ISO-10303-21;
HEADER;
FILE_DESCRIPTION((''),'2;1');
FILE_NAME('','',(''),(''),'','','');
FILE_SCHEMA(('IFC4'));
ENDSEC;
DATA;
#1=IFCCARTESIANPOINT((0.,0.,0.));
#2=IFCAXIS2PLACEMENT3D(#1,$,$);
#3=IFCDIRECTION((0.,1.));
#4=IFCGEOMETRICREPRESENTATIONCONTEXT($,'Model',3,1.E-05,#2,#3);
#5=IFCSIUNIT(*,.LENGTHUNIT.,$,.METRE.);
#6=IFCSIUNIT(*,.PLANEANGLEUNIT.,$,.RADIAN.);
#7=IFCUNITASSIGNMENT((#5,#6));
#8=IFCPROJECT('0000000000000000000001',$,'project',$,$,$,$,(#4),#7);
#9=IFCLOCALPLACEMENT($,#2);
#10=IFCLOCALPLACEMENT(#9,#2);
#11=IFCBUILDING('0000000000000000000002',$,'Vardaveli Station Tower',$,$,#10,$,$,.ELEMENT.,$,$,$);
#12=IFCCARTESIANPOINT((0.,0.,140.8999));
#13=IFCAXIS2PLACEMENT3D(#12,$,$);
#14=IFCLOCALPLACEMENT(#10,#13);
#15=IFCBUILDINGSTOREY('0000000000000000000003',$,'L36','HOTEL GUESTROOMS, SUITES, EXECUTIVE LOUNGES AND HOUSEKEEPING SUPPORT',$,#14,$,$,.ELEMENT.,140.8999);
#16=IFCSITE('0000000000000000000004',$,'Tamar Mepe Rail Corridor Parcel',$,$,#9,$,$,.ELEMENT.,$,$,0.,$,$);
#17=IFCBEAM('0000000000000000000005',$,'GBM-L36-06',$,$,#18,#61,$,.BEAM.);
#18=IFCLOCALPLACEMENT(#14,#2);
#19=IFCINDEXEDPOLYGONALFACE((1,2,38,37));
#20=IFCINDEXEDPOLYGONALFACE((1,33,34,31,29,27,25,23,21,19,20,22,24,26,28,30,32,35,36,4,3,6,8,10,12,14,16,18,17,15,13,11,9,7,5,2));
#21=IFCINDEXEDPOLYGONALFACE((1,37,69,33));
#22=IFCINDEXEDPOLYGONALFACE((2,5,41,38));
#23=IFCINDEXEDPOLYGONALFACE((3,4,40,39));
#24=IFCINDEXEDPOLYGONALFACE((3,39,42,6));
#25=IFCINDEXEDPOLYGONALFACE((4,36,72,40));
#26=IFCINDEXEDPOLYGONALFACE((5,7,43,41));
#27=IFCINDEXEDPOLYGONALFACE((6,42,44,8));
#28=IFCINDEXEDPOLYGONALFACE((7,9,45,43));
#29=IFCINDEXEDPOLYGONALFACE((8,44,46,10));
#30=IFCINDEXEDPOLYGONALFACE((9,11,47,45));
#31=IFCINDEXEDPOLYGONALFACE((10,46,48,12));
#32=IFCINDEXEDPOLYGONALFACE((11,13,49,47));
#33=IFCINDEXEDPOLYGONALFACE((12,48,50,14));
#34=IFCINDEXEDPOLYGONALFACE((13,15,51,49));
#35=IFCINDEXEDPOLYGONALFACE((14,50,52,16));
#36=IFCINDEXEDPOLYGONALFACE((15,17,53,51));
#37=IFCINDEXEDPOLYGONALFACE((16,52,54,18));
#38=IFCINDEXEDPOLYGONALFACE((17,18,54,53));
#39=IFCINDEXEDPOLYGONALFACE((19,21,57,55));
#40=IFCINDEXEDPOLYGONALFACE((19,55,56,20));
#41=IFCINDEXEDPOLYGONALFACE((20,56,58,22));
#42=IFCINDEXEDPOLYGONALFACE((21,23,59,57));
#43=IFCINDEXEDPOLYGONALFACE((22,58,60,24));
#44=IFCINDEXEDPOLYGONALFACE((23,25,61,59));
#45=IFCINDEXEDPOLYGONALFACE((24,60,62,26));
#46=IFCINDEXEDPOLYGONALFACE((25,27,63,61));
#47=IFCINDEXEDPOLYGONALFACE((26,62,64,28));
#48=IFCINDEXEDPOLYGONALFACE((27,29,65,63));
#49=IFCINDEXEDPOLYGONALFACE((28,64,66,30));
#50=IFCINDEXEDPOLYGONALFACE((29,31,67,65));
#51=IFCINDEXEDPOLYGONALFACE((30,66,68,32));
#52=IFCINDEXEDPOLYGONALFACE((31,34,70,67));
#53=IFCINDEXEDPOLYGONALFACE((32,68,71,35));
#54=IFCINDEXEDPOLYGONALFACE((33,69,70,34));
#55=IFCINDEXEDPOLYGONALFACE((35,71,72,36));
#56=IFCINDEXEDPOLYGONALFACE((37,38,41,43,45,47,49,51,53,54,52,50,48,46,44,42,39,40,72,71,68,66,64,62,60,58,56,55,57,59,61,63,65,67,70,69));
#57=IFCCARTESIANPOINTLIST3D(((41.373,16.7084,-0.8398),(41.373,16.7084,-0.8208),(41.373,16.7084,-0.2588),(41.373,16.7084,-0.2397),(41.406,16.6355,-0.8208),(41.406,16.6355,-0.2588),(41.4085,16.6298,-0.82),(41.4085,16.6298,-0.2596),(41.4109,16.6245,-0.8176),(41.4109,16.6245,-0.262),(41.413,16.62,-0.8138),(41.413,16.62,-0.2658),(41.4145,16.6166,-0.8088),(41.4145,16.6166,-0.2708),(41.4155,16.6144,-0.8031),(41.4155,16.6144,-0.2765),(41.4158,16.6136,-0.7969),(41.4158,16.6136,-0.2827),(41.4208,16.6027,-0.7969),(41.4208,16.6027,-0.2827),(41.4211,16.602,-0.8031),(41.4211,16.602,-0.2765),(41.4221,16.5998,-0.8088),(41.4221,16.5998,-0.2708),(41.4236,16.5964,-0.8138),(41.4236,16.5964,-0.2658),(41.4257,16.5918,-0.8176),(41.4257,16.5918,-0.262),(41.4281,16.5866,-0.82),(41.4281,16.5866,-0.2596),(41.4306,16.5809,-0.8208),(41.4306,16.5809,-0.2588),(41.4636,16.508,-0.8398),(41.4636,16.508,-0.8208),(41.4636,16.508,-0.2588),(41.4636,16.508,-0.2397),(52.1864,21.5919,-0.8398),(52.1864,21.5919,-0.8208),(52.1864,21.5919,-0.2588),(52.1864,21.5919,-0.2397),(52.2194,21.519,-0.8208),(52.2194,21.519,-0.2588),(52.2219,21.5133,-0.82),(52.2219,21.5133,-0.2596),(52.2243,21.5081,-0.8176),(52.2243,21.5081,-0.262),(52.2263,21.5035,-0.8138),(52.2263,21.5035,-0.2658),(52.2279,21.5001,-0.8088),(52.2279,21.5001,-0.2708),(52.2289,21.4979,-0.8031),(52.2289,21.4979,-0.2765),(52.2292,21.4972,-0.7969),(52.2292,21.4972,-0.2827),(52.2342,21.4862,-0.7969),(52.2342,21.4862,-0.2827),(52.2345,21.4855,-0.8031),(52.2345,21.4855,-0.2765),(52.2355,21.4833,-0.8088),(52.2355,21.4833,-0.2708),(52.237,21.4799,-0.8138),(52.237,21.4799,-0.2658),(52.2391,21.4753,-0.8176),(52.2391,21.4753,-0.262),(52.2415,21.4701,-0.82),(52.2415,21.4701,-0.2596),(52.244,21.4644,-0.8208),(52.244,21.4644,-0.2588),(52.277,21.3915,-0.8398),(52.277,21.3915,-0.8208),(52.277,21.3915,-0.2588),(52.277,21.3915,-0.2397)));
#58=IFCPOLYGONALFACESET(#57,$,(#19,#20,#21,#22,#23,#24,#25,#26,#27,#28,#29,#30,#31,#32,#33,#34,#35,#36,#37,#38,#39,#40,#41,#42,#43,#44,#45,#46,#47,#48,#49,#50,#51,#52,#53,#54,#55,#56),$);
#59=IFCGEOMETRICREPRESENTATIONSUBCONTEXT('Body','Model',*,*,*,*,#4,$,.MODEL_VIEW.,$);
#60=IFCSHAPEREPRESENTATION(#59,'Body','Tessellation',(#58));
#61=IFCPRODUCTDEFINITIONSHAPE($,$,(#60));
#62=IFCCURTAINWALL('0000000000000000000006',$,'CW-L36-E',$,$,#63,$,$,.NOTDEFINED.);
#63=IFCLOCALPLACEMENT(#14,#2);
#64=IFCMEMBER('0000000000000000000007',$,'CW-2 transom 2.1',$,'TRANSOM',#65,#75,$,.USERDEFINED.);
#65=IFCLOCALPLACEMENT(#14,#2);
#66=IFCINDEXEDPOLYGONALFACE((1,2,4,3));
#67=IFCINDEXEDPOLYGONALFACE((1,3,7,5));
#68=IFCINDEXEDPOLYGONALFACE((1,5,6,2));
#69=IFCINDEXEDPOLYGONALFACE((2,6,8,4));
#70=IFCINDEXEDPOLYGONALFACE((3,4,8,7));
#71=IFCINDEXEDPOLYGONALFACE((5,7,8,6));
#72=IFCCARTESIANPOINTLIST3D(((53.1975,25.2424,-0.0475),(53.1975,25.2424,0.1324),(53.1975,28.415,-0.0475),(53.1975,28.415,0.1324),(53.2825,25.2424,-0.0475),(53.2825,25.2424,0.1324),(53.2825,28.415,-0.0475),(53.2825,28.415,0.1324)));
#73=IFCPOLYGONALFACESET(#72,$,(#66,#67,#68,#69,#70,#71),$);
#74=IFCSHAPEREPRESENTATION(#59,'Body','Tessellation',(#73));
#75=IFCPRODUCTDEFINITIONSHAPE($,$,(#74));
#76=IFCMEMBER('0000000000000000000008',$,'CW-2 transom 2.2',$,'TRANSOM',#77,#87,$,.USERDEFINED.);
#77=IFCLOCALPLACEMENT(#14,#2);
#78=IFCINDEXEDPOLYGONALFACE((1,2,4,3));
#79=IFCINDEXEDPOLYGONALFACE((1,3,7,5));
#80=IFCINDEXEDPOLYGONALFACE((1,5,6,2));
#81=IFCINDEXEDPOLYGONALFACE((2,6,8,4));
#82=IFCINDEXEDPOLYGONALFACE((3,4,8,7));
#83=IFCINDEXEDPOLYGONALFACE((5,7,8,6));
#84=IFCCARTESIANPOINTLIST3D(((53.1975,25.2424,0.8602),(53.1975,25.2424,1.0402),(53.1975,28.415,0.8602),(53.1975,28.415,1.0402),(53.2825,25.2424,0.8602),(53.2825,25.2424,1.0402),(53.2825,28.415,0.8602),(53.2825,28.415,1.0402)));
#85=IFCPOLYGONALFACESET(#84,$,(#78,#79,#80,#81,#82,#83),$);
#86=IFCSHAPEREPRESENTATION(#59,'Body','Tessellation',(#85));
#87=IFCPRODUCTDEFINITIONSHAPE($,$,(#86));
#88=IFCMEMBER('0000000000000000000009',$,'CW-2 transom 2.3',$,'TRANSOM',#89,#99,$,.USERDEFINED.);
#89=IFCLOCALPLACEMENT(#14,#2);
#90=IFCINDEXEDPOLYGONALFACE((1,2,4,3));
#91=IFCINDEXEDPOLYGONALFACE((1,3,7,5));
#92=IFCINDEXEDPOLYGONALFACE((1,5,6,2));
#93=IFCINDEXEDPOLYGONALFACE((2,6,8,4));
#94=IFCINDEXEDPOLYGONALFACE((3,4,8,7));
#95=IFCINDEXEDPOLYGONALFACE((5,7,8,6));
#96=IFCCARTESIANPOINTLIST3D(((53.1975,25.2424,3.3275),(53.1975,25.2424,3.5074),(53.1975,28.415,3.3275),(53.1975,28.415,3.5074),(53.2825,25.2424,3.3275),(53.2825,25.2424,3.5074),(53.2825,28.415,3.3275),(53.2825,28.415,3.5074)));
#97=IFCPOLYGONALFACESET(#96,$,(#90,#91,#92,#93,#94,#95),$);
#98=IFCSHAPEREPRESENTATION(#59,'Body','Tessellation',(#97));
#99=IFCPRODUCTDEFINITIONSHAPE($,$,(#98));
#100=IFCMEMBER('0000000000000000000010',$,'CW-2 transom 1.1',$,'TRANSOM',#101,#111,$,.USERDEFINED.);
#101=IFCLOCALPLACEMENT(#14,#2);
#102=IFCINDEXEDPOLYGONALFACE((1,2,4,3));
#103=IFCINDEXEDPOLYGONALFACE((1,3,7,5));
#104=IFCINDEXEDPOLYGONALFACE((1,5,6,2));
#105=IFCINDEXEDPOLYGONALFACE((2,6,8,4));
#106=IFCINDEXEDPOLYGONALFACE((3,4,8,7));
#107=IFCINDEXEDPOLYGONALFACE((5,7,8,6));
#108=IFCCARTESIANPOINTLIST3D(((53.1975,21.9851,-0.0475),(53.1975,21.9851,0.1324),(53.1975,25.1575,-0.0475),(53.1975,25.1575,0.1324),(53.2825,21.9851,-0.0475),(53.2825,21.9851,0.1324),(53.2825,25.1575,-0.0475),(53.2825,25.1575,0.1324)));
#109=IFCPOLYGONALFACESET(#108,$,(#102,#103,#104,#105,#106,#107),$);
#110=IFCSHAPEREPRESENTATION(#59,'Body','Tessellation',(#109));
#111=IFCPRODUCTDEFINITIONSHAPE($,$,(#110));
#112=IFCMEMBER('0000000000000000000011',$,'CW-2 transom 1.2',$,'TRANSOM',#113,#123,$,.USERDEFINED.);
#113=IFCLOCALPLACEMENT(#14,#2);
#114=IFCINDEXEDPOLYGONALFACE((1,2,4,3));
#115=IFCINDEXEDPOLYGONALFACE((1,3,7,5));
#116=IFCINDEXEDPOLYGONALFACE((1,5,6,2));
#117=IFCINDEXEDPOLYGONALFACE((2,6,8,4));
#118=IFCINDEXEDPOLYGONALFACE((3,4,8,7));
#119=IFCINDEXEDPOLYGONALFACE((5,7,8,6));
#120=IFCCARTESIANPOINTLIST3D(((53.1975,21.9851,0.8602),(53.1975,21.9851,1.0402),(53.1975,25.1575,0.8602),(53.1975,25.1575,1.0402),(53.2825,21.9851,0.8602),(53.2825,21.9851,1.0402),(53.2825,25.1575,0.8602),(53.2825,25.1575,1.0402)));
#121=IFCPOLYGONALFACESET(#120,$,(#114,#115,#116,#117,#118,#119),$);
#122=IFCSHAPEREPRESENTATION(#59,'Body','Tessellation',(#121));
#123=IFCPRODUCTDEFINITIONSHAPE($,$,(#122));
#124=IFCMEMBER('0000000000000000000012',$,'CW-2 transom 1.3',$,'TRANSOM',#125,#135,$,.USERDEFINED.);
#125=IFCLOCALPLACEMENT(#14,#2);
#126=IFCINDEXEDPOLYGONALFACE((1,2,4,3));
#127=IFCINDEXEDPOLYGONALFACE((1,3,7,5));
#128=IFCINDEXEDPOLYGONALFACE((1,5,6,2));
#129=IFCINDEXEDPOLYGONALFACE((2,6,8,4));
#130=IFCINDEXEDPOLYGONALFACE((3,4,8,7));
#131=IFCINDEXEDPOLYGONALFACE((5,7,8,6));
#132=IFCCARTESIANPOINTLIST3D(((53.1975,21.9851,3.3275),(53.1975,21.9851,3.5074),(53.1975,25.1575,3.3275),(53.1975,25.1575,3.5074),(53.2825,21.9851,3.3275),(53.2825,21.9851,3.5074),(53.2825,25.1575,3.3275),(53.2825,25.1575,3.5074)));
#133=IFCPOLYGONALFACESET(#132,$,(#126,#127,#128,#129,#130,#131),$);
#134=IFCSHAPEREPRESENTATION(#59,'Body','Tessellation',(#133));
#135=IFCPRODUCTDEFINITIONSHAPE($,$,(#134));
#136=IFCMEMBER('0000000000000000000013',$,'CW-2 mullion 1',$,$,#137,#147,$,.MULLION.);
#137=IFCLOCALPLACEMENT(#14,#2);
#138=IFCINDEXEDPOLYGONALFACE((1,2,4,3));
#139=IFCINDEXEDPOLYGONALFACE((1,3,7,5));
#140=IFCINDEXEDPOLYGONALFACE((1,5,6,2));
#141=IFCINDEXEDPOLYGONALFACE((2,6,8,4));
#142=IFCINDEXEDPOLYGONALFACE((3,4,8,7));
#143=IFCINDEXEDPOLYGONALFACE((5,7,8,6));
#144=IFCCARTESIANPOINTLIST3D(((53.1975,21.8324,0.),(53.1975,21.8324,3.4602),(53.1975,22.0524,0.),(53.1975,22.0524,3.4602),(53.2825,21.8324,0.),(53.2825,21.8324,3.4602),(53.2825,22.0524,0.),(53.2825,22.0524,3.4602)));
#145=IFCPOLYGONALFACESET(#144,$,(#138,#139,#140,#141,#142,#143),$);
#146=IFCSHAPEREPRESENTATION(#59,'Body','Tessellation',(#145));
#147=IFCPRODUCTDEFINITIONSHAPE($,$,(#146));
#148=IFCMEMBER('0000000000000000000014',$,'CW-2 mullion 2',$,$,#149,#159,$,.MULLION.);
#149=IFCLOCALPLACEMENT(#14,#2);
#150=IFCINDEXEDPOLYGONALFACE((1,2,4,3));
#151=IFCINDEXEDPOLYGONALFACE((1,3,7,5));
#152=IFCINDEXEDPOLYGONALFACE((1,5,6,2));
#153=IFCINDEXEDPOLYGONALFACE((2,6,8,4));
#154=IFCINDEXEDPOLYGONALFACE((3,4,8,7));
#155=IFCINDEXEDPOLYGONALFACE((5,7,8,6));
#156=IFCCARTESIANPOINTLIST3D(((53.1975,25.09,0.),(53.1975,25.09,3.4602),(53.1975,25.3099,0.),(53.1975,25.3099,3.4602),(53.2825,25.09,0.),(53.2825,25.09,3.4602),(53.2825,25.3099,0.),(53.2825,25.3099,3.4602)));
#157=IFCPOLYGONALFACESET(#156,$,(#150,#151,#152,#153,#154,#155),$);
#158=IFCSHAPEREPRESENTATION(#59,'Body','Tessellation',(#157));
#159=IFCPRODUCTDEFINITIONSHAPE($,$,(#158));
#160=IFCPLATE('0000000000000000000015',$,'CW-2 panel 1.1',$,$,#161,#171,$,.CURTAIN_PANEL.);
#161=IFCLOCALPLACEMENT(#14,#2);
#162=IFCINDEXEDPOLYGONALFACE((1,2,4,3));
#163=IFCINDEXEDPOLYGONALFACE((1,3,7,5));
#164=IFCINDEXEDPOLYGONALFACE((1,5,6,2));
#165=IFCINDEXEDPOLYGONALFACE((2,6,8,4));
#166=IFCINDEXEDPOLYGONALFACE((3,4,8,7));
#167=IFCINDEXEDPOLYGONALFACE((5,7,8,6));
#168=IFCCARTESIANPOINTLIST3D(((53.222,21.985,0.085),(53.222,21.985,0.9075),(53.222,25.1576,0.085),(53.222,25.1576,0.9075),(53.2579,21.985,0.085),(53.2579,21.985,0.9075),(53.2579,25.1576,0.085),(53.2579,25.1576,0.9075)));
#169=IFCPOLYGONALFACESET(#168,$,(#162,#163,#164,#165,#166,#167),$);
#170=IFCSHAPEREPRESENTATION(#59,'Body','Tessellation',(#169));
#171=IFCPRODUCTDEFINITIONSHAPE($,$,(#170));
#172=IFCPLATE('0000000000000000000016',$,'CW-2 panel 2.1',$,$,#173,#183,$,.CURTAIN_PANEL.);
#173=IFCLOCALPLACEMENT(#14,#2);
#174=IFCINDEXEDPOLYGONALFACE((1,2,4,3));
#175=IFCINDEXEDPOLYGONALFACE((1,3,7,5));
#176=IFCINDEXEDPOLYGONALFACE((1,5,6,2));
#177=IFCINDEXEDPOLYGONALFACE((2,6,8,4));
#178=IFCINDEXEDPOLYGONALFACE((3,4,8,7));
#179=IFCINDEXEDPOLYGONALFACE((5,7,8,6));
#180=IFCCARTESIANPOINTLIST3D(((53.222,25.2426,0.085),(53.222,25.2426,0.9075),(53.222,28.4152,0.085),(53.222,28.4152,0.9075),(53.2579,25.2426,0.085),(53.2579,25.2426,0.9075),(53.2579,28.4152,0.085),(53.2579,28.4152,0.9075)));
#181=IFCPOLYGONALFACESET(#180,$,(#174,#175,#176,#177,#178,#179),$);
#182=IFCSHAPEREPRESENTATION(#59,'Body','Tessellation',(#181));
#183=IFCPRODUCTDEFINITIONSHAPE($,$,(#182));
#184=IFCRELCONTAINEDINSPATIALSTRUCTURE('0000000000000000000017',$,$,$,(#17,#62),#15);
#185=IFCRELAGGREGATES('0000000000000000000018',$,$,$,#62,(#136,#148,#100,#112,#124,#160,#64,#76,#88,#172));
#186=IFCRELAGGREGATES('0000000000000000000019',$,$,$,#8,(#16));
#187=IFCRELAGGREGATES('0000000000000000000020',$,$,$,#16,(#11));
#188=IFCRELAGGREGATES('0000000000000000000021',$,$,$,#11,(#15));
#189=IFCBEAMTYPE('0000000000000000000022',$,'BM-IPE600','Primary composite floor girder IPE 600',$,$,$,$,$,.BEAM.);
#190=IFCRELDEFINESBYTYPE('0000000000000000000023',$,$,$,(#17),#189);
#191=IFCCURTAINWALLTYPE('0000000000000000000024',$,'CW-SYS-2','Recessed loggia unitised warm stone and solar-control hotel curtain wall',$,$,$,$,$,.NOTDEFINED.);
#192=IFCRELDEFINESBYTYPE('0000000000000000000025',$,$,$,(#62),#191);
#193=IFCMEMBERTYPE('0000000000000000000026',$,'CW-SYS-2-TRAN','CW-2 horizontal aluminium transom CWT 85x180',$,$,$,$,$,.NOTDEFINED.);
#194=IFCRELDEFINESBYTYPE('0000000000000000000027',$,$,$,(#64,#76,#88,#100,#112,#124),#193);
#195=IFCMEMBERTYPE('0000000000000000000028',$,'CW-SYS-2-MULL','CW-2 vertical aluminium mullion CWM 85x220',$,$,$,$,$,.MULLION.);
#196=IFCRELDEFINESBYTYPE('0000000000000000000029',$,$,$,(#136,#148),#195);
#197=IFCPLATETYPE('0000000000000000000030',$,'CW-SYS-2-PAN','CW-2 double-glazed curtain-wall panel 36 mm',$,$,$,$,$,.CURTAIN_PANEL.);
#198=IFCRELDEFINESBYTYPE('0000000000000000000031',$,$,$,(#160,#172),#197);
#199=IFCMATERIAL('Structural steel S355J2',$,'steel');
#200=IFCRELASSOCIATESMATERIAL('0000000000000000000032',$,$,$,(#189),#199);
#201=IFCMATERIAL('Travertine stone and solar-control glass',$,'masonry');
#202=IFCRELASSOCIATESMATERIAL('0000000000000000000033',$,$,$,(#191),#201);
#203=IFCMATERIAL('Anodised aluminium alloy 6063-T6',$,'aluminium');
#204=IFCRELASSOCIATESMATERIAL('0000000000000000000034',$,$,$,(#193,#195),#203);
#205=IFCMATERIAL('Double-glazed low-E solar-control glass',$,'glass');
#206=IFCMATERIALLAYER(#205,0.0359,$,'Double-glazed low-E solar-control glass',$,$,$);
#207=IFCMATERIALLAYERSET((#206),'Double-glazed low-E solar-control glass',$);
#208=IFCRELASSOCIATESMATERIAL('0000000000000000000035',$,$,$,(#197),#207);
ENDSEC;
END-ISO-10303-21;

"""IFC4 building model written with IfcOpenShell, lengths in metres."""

from ifc_helpers import new_model, si_unit, direction, frame, origin, origin_2d, place, context, subcontext, project, spatial, rectangle, i_section, extrude, source, transform, mapped, material, layer, layer_set, material_profile, profile_set, type_object, element, aggregate, save


model = new_model("IFC4")

# Units and contexts
model_context = context("Model", 3, precision=1e-05, world=origin(), true_north=direction((0.0, 1.0)))
body_context = subcontext(model_context, "Body", "Model", "MODEL_VIEW")
ifc_project = project(units=[si_unit("LENGTHUNIT", "METRE"), si_unit("PLANEANGLEUNIT", "RADIAN")], contexts=[model_context])

# Site, building, storey
site_placement = place(None, origin())
site = spatial("IfcSite", under=ifc_project, at=site_placement, Name="Tamar Mepe Rail Corridor Parcel", CompositionType="ELEMENT", RefElevation=0.0)
building_placement = place(site_placement, origin())
building = spatial("IfcBuilding", under=site, at=building_placement, Name="Vardaveli Station Tower", CompositionType="ELEMENT")
storey_placement = place(building_placement, frame((0.0, 0.0, 140.8999)))
storey = spatial("IfcBuildingStorey", under=building, at=storey_placement, Name="L36", Description="HOTEL GUESTROOMS, SUITES, EXECUTIVE LOUNGES AND HOUSEKEEPING SUPPORT", CompositionType="ELEMENT", Elevation=140.8999)

# Beam
ifc_material_1 = material(Name="Structural steel S355J2", Category="steel")
ifc_material_profile_1 = material_profile(ifc_material_1, i_section(OverallWidth=0.22, OverallDepth=0.6001, WebThickness=0.012, FlangeThickness=0.019, FilletRadius=0.0239, at=origin_2d()), Name="IPE 600")
ifc_profile_set_1 = profile_set([ifc_material_profile_1], Name="Structural steel S355J2")
beam_type_1 = type_object("IfcBeamType", Name="BM-IPE600", Description="Primary composite floor girder IPE 600", PredefinedType="BEAM", material=ifc_profile_set_1)
shared_shape_1 = source(origin(), body_context, "Body", "SweptSolid", [
    extrude(i_section(OverallWidth=0.22, OverallDepth=0.6001, WebThickness=0.012, FlangeThickness=0.019, FilletRadius=0.0239, at=origin_2d()), origin(), (0.0, 0.0, 1.0), 11.865),
])
beam_1_placement = place(storey_placement, frame((52.2317, 21.4917, -0.5398), z_axis=(-0.911369, -0.411589, 0.0), x_axis=(0.411589, -0.911369, 0.0)))
element("IfcBeam", 1, at=beam_1_placement, inside=storey, type_object=beam_type_1, Name="GBM-L36-06", PredefinedType="BEAM", context=body_context, shape_type="MappedRepresentation", body=[
    mapped(shared_shape_1, transform((0.0, 0.0, 0.0), scale=1.0)),
])

# Curtain wall, members, plates
ifc_material_2 = material(Name="Travertine stone and solar-control glass", Category="masonry")
curtain_wall_type = type_object("IfcCurtainWallType", Name="CW-SYS-2", Description="Recessed loggia unitised warm stone and solar-control hotel curtain wall", PredefinedType="NOTDEFINED", material=ifc_material_2)
curtain_wall_placement = place(storey_placement, origin())
curtain_wall = element("IfcCurtainWall", 2, at=curtain_wall_placement, inside=storey, type_object=curtain_wall_type, Name="CW-L36-E", PredefinedType="NOTDEFINED")
ifc_material_3 = material(Name="Anodised aluminium alloy 6063-T6", Category="aluminium")
ifc_material_profile_2 = material_profile(ifc_material_3, rectangle(XDim=0.085, YDim=0.1799, at=origin_2d()), Name="CWT 85x180")
ifc_profile_set_2 = profile_set([ifc_material_profile_2], Name="Anodised aluminium alloy 6063-T6")
member_type_1 = type_object("IfcMemberType", Name="CW-SYS-2-TRAN", Description="CW-2 horizontal aluminium transom CWT 85x180", PredefinedType="NOTDEFINED", material=ifc_profile_set_2)
shared_shape_2 = source(origin(), body_context, "Body", "SweptSolid", [
    extrude(rectangle(XDim=0.085, YDim=0.1799, at=origin_2d()), origin(), (0.0, 0.0, 1.0), 3.1726),
])
member_1_placement = place(storey_placement, frame((53.24, 25.2424, 0.0425), z_axis=(0.0, 1.0, 0.0), x_axis=(-1.0, 0.0, 0.0)))
member_1 = element("IfcMember", 3, at=member_1_placement, type_object=member_type_1, Name="CW-2 transom 2.1", ObjectType="TRANSOM", PredefinedType="USERDEFINED", context=body_context, shape_type="MappedRepresentation", body=[
    mapped(shared_shape_2, transform((0.0, 0.0, 0.0), scale=1.0)),
])
member_2_placement = place(storey_placement, frame((53.24, 25.2424, 0.9502), z_axis=(0.0, 1.0, 0.0), x_axis=(-1.0, 0.0, 0.0)))
member_2 = element("IfcMember", 4, at=member_2_placement, type_object=member_type_1, Name="CW-2 transom 2.2", ObjectType="TRANSOM", PredefinedType="USERDEFINED", context=body_context, shape_type="MappedRepresentation", body=[
    mapped(shared_shape_2, transform((0.0, 0.0, 0.0), scale=1.0)),
])
member_3_placement = place(storey_placement, frame((53.24, 25.2424, 3.4175), z_axis=(0.0, 1.0, 0.0), x_axis=(-1.0, 0.0, 0.0)))
member_3 = element("IfcMember", 5, at=member_3_placement, type_object=member_type_1, Name="CW-2 transom 2.3", ObjectType="TRANSOM", PredefinedType="USERDEFINED", context=body_context, shape_type="MappedRepresentation", body=[
    mapped(shared_shape_2, transform((0.0, 0.0, 0.0), scale=1.0)),
])
shared_shape_3 = source(origin(), body_context, "Body", "SweptSolid", [
    extrude(rectangle(XDim=0.085, YDim=0.1799, at=origin_2d()), origin(), (0.0, 0.0, 1.0), 3.1724),
])
member_4_placement = place(storey_placement, frame((53.24, 21.9851, 0.0425), z_axis=(0.0, 1.0, 0.0), x_axis=(-1.0, 0.0, 0.0)))
member_4 = element("IfcMember", 6, at=member_4_placement, type_object=member_type_1, Name="CW-2 transom 1.1", ObjectType="TRANSOM", PredefinedType="USERDEFINED", context=body_context, shape_type="MappedRepresentation", body=[
    mapped(shared_shape_3, transform((0.0, 0.0, 0.0), scale=1.0)),
])
member_5_placement = place(storey_placement, frame((53.24, 21.9851, 0.9502), z_axis=(0.0, 1.0, 0.0), x_axis=(-1.0, 0.0, 0.0)))
member_5 = element("IfcMember", 7, at=member_5_placement, type_object=member_type_1, Name="CW-2 transom 1.2", ObjectType="TRANSOM", PredefinedType="USERDEFINED", context=body_context, shape_type="MappedRepresentation", body=[
    mapped(shared_shape_3, transform((0.0, 0.0, 0.0), scale=1.0)),
])
member_6_placement = place(storey_placement, frame((53.24, 21.9851, 3.4175), z_axis=(0.0, 1.0, 0.0), x_axis=(-1.0, 0.0, 0.0)))
member_6 = element("IfcMember", 8, at=member_6_placement, type_object=member_type_1, Name="CW-2 transom 1.3", ObjectType="TRANSOM", PredefinedType="USERDEFINED", context=body_context, shape_type="MappedRepresentation", body=[
    mapped(shared_shape_3, transform((0.0, 0.0, 0.0), scale=1.0)),
])
ifc_material_profile_3 = material_profile(ifc_material_3, rectangle(XDim=0.085, YDim=0.22, at=origin_2d()), Name="CWM 85x220")
ifc_profile_set_3 = profile_set([ifc_material_profile_3], Name="Anodised aluminium alloy 6063-T6")
member_type_2 = type_object("IfcMemberType", Name="CW-SYS-2-MULL", Description="CW-2 vertical aluminium mullion CWM 85x220", PredefinedType="MULLION", material=ifc_profile_set_3)
shared_shape_4 = source(origin(), body_context, "Body", "SweptSolid", [
    extrude(rectangle(XDim=0.085, YDim=0.22, at=origin_2d()), origin(), (0.0, 0.0, 1.0), 3.4602),
])
member_7_placement = place(storey_placement, frame((53.24, 21.9424, 0.0), z_axis=(0.0, 0.0, 1.0), x_axis=(-1.0, 0.0, 0.0)))
member_7 = element("IfcMember", 9, at=member_7_placement, type_object=member_type_2, Name="CW-2 mullion 1", PredefinedType="MULLION", context=body_context, shape_type="MappedRepresentation", body=[
    mapped(shared_shape_4, transform((0.0, 0.0, 0.0), scale=1.0)),
])
member_8_placement = place(storey_placement, frame((53.24, 25.2, 0.0), z_axis=(0.0, 0.0, 1.0), x_axis=(-1.0, 0.0, 0.0)))
member_8 = element("IfcMember", 10, at=member_8_placement, type_object=member_type_2, Name="CW-2 mullion 2", PredefinedType="MULLION", context=body_context, shape_type="MappedRepresentation", body=[
    mapped(shared_shape_4, transform((0.0, 0.0, 0.0), scale=1.0)),
])
ifc_material_4 = material(Name="Double-glazed low-E solar-control glass", Category="glass")
ifc_layer_1 = layer(ifc_material_4, 0.0359, Name="Double-glazed low-E solar-control glass")
ifc_layer_set_1 = layer_set([ifc_layer_1], Name="Double-glazed low-E solar-control glass")
plate_type = type_object("IfcPlateType", Name="CW-SYS-2-PAN", Description="CW-2 double-glazed curtain-wall panel 36 mm", PredefinedType="CURTAIN_PANEL", material=ifc_layer_set_1)
shared_shape_5 = source(origin(), body_context, "Body", "SweptSolid", [
    extrude(rectangle(XDim=3.1726, YDim=0.0359, at=origin_2d()), origin(), (0.0, 0.0, 1.0), 0.8225),
])
plate_1_placement = place(storey_placement, frame((53.24, 23.5713, 0.085), z_axis=(0.0, 0.0, 1.0), x_axis=(0.0, 1.0, 0.0)))
plate_1 = element("IfcPlate", 11, at=plate_1_placement, type_object=plate_type, Name="CW-2 panel 1.1", PredefinedType="CURTAIN_PANEL", context=body_context, shape_type="MappedRepresentation", body=[
    mapped(shared_shape_5, transform((0.0, 0.0, 0.0), scale=1.0)),
])
plate_2_placement = place(storey_placement, frame((53.24, 26.8289, 0.085), z_axis=(0.0, 0.0, 1.0), x_axis=(0.0, 1.0, 0.0)))
plate_2 = element("IfcPlate", 12, at=plate_2_placement, type_object=plate_type, Name="CW-2 panel 2.1", PredefinedType="CURTAIN_PANEL", context=body_context, shape_type="MappedRepresentation", body=[
    mapped(shared_shape_5, transform((0.0, 0.0, 0.0), scale=1.0)),
])
aggregate(curtain_wall, [member_7, member_8, member_4, member_5, member_6, plate_1, member_1, member_2, member_3, plate_2])

save(model, "model.ifc")
